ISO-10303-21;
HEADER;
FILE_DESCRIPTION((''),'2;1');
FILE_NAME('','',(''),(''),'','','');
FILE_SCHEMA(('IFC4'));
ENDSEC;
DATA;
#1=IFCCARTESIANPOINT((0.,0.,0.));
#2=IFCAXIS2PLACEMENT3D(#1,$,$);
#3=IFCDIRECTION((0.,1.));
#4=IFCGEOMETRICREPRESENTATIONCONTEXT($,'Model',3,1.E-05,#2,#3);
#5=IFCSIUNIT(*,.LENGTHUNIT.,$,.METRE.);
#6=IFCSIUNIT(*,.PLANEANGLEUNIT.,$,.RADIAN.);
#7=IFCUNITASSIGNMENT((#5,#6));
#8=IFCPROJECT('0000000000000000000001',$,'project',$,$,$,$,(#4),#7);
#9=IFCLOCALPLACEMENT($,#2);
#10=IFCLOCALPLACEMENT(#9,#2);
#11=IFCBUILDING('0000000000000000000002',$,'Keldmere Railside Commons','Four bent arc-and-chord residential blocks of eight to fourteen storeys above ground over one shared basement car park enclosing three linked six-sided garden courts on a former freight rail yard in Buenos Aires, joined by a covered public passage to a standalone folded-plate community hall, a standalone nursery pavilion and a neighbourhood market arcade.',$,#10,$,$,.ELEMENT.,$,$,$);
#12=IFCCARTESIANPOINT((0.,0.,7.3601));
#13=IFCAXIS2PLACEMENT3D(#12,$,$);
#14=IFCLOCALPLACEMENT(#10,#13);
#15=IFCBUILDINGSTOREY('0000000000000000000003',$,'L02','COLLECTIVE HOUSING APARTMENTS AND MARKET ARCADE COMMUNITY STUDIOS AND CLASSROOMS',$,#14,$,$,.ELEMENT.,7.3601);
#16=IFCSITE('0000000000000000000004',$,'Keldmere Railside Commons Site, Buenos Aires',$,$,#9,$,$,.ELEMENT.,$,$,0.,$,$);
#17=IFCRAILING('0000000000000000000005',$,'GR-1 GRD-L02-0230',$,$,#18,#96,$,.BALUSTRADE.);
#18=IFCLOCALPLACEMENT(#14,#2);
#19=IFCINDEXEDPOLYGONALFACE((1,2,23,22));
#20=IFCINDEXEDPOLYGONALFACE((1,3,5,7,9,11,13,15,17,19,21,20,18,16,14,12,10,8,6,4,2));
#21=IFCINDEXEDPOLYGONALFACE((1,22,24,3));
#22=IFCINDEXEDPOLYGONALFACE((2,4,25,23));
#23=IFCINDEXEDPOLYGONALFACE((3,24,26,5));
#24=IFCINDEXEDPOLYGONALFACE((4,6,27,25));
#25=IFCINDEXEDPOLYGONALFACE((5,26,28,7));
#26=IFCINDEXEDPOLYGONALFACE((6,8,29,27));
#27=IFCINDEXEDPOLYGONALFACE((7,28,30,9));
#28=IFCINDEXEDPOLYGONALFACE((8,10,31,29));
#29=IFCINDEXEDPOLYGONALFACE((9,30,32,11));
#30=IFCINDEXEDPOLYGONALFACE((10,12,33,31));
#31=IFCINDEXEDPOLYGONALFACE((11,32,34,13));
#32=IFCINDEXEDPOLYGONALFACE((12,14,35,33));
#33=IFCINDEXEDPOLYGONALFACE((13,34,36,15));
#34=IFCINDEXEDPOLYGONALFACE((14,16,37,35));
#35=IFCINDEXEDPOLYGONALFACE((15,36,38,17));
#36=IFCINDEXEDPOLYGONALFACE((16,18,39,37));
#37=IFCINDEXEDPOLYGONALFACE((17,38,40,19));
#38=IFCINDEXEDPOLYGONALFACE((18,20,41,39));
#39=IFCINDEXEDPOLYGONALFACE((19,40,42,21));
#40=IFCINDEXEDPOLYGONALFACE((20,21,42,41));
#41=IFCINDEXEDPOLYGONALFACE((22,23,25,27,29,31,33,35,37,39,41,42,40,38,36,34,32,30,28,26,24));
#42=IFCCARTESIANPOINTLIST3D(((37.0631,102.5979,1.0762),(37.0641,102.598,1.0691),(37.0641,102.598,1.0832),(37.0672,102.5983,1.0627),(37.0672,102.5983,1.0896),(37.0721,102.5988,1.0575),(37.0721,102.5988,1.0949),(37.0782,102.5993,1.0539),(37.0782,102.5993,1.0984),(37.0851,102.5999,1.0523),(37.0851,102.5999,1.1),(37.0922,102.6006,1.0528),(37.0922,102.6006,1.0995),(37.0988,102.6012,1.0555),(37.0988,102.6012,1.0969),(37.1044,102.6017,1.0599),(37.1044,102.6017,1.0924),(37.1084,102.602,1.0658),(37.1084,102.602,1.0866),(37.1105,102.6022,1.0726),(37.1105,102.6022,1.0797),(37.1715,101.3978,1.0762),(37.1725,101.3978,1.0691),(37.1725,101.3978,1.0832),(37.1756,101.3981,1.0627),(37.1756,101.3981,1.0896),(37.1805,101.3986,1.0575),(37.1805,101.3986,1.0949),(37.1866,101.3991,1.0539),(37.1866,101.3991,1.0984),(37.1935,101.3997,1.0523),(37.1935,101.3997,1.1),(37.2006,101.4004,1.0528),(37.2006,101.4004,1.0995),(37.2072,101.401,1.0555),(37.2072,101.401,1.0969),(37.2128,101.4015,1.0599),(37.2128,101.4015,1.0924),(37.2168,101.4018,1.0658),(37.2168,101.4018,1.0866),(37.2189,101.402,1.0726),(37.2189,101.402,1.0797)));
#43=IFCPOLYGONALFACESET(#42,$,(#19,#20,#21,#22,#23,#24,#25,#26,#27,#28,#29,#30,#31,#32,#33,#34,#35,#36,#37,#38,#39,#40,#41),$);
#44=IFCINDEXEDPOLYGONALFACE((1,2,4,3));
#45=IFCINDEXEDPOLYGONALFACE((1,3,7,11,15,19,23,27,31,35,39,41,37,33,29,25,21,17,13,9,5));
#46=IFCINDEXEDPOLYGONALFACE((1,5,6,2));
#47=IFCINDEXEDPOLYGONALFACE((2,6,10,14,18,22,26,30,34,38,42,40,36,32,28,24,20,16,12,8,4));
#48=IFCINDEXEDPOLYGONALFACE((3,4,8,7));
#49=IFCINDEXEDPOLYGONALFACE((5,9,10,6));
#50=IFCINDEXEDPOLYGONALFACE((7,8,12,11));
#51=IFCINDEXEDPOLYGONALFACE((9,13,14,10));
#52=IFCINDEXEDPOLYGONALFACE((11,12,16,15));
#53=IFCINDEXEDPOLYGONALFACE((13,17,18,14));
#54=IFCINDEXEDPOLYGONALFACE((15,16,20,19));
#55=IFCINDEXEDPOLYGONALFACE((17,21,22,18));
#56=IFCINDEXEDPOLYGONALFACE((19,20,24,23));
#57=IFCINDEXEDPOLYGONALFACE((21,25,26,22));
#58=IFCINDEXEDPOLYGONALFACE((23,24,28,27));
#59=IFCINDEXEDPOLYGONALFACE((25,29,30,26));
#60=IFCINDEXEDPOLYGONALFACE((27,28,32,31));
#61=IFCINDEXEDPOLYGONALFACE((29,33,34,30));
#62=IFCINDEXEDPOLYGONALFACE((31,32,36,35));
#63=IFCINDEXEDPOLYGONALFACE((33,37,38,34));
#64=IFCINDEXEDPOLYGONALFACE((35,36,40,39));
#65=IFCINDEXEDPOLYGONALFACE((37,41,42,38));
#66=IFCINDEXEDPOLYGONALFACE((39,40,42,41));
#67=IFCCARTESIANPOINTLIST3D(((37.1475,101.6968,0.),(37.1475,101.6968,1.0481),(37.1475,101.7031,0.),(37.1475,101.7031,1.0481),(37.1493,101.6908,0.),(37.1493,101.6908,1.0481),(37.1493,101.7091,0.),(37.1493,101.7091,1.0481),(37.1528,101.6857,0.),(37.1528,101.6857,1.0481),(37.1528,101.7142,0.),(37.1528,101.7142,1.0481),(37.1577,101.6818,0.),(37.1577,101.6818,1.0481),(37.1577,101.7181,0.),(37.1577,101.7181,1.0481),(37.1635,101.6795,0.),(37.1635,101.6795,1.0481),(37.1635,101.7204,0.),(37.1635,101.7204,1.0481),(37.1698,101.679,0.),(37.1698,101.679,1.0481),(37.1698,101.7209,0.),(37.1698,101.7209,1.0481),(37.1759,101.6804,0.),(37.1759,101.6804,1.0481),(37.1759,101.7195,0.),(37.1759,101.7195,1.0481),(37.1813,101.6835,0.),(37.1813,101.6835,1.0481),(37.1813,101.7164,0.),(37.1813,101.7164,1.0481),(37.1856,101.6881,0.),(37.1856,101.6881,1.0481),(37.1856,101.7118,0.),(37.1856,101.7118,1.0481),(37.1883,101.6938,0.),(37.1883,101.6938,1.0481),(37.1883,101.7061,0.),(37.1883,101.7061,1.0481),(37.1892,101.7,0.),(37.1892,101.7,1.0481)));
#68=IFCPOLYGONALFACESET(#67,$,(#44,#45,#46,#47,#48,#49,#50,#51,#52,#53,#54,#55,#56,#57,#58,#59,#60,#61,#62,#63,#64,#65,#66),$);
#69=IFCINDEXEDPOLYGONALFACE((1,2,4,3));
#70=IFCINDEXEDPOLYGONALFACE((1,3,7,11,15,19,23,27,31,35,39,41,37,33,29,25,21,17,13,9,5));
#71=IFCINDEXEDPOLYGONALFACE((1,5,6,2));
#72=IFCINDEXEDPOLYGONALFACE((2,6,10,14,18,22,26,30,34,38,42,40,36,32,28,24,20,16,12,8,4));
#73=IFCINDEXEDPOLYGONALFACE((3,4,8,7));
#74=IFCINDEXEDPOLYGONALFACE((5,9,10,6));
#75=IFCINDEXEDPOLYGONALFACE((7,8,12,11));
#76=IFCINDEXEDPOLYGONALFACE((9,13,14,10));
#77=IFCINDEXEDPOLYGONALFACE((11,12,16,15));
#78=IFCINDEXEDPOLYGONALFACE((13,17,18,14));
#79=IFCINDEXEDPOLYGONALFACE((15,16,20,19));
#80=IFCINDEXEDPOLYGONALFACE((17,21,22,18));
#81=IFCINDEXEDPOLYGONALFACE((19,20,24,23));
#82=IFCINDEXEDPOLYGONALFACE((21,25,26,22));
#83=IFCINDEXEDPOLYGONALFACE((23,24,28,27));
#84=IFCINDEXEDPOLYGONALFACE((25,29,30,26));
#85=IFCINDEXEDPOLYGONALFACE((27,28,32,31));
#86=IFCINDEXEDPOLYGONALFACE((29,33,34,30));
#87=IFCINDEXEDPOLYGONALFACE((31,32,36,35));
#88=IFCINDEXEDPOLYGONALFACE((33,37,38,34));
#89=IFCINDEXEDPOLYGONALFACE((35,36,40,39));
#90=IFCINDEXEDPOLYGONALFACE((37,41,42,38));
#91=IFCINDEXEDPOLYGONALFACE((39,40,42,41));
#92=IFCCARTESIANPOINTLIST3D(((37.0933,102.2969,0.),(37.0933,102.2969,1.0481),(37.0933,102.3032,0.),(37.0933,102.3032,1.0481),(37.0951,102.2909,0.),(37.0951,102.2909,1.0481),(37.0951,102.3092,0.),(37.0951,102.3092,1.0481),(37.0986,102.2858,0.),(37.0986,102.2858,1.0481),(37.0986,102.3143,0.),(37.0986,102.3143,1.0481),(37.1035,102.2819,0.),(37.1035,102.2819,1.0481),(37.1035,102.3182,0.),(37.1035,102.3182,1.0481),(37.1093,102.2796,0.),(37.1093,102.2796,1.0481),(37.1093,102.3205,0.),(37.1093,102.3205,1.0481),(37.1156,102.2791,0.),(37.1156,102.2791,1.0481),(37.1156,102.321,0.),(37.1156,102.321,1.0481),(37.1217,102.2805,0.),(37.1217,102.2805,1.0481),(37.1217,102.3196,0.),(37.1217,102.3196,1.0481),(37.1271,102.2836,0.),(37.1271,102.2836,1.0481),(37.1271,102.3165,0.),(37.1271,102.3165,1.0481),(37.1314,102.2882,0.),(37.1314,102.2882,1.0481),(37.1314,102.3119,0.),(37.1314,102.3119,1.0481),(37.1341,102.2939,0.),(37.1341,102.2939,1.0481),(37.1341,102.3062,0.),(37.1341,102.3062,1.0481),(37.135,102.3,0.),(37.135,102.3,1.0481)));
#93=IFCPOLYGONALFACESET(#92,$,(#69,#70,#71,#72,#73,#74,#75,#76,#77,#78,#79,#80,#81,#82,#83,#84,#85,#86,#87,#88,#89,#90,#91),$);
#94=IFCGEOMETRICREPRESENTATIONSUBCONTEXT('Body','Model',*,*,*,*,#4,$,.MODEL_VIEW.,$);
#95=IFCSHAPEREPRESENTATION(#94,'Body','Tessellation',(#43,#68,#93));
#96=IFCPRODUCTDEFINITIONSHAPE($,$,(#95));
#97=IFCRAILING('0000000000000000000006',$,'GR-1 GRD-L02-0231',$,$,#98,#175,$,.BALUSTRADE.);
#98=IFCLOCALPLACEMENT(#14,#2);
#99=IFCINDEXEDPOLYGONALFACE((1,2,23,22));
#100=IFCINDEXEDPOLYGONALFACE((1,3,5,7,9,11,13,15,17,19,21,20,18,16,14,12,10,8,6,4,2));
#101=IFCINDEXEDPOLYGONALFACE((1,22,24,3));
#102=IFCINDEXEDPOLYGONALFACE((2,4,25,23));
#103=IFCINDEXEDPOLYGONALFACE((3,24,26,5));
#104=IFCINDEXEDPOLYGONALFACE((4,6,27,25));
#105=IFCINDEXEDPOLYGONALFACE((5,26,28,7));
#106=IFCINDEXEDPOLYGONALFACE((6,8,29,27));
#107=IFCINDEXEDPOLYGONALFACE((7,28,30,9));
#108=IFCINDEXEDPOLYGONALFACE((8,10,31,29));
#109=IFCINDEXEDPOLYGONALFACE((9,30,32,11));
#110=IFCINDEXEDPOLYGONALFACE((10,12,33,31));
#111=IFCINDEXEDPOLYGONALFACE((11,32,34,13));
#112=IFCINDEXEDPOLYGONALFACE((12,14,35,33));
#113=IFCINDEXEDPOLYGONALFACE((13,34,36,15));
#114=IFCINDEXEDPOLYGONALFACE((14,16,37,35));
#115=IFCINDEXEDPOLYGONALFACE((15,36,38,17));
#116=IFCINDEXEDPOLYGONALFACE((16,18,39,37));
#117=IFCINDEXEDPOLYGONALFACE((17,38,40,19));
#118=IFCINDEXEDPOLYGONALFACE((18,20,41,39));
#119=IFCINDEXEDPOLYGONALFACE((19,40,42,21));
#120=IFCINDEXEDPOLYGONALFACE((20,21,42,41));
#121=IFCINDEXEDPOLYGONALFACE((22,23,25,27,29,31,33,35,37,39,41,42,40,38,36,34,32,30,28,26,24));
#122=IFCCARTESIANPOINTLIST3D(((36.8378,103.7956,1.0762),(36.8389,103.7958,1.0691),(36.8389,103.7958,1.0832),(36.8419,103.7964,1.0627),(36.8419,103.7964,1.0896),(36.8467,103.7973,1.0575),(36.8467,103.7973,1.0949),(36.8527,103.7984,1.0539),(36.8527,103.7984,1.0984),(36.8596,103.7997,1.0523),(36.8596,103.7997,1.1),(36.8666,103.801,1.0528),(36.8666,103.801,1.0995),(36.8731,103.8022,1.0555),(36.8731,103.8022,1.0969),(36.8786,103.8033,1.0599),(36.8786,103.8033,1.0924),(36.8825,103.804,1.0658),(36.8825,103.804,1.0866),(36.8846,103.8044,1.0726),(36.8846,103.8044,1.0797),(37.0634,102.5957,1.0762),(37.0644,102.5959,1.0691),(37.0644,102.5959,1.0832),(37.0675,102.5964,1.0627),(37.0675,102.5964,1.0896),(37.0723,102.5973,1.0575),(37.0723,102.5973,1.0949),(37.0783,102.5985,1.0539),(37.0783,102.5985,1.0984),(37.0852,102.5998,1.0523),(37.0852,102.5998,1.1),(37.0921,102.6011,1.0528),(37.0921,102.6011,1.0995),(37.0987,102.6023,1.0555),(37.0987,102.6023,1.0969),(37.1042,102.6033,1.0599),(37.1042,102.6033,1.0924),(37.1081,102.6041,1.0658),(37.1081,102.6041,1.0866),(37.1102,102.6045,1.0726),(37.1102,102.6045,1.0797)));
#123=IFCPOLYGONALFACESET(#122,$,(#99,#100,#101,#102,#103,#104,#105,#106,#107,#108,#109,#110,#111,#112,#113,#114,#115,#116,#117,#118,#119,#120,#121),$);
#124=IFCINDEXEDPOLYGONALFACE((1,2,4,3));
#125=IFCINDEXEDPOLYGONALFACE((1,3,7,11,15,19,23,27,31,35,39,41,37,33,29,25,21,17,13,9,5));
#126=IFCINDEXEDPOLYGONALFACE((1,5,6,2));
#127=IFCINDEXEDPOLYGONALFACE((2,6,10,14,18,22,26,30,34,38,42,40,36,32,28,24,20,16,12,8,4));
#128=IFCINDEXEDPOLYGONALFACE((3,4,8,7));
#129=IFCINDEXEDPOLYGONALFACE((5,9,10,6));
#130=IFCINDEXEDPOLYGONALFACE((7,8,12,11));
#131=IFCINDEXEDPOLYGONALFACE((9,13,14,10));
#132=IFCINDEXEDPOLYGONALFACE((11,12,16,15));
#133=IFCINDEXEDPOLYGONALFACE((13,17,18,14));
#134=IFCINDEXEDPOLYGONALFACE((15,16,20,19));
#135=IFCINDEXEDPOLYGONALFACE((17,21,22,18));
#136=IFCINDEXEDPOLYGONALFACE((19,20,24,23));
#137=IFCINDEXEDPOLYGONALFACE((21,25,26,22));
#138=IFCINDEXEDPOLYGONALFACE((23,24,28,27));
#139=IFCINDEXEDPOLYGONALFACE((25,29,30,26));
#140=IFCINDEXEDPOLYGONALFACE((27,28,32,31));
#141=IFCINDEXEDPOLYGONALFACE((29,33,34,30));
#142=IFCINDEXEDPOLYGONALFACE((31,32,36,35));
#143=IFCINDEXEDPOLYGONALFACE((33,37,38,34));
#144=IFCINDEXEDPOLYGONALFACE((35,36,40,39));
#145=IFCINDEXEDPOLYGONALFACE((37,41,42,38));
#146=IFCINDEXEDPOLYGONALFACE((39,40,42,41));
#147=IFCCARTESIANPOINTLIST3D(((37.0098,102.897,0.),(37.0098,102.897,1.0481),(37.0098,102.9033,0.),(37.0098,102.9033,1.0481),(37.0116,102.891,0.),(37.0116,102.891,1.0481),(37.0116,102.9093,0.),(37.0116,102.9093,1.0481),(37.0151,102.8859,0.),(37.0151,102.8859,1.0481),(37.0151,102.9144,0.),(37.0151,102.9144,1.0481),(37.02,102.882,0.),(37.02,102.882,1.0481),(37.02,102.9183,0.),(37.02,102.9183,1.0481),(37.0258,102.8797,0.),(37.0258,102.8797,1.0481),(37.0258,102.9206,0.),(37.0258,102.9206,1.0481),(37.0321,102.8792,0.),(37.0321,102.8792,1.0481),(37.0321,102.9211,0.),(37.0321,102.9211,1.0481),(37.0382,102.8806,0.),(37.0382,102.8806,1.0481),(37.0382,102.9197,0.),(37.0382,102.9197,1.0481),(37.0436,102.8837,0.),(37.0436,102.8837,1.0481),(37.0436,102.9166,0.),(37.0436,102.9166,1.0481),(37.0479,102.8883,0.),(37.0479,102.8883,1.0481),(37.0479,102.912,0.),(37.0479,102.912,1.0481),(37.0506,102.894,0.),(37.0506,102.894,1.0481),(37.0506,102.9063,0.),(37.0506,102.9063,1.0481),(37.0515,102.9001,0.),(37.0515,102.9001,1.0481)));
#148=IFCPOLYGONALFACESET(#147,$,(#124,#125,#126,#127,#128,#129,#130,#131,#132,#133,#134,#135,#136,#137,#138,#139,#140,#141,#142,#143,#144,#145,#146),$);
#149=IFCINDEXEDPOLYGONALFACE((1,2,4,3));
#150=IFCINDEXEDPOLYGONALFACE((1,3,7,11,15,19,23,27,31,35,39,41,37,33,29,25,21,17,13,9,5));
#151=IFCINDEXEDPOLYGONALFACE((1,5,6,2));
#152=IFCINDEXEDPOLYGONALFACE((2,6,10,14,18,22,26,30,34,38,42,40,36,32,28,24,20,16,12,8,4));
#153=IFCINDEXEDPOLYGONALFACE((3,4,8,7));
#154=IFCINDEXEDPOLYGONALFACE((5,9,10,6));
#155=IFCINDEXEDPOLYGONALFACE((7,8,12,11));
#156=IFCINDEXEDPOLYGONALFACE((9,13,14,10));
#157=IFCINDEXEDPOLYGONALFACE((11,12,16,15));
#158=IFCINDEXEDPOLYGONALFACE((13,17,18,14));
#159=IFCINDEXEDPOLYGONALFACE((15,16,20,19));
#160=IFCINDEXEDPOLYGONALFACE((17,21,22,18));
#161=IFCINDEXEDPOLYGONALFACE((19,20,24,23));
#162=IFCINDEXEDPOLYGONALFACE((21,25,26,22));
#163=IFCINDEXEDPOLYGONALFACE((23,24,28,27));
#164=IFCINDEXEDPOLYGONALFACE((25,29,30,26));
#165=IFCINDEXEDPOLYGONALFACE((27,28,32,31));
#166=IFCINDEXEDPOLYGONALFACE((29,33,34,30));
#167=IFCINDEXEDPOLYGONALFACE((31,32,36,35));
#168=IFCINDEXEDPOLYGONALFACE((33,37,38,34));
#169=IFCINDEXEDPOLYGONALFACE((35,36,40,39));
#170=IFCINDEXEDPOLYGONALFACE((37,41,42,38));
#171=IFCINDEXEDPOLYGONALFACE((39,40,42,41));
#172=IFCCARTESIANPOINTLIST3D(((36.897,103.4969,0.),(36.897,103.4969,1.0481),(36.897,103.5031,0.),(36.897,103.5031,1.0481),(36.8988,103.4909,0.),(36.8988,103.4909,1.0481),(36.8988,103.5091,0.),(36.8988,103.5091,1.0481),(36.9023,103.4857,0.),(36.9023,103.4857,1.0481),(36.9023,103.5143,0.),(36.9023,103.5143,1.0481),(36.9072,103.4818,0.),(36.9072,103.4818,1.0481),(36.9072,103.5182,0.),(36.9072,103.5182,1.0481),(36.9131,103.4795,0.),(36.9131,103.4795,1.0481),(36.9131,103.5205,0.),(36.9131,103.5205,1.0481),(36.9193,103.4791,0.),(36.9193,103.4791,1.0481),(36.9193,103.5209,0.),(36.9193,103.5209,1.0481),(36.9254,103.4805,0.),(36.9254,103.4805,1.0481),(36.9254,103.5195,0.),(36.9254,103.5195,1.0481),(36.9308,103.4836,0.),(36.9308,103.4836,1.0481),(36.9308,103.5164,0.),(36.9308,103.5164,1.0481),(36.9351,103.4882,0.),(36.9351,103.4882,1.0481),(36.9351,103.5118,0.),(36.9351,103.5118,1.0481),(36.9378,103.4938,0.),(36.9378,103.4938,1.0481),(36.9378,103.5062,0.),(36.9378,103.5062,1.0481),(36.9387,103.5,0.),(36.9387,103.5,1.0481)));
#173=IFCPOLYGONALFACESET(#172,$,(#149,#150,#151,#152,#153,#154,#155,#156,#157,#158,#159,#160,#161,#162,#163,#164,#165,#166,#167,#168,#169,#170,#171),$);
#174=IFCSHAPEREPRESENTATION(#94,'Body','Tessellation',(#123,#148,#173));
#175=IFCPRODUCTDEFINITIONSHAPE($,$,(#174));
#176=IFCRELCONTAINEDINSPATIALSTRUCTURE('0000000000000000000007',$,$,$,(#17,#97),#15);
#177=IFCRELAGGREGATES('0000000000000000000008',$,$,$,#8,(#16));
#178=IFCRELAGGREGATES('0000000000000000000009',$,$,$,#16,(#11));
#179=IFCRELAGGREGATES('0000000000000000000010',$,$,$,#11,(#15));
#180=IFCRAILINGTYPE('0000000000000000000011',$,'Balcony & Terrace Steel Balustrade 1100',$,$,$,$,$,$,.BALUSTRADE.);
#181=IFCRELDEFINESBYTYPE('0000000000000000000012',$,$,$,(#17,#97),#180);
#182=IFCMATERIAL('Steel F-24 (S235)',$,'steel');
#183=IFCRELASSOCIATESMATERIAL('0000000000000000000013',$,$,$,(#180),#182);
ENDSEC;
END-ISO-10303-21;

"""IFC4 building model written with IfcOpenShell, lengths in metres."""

from ifc_helpers import new_model, si_unit, direction, frame, origin, origin_2d, place, context, subcontext, project, spatial, circle, extrude, material, type_object, element, save


model = new_model("IFC4")

# Units and contexts
model_context = context("Model", 3, precision=1e-05, world=origin(), true_north=direction((0.0, 1.0)))
body_context = subcontext(model_context, "Body", "Model", "MODEL_VIEW")
ifc_project = project(units=[si_unit("LENGTHUNIT", "METRE"), si_unit("PLANEANGLEUNIT", "RADIAN")], contexts=[model_context])

# Site, building, storey
site_placement = place(None, origin())
site = spatial("IfcSite", under=ifc_project, at=site_placement, Name="Keldmere Railside Commons Site, Buenos Aires", CompositionType="ELEMENT", RefElevation=0.0)
building_placement = place(site_placement, origin())
building = spatial("IfcBuilding", under=site, at=building_placement, Name="Keldmere Railside Commons", Description="Four bent arc-and-chord residential blocks of eight to fourteen storeys above ground over one shared basement car park enclosing three linked six-sided garden courts on a former freight rail yard in Buenos Aires, joined by a covered public passage to a standalone folded-plate community hall, a standalone nursery pavilion and a neighbourhood market arcade.", CompositionType="ELEMENT")
storey_placement = place(building_placement, frame((0.0, 0.0, 7.3601)))
storey = spatial("IfcBuildingStorey", under=building, at=storey_placement, Name="L02", Description="COLLECTIVE HOUSING APARTMENTS AND MARKET ARCADE COMMUNITY STUDIOS AND CLASSROOMS", CompositionType="ELEMENT", Elevation=7.3601)

# Railings
ifc_material_1 = material(Name="Steel F-24 (S235)", Category="steel")
railing_type = type_object("IfcRailingType", Name="Balcony & Terrace Steel Balustrade 1100", PredefinedType="BALUSTRADE", material=ifc_material_1)
railing_1_placement = place(storey_placement, frame((37.1953, 101.3999, 0.0)))
element("IfcRailing", 1, at=railing_1_placement, inside=storey, type_object=railing_type, Name="GR-1 GRD-L02-0230", PredefinedType="BALUSTRADE", context=body_context, shape_type="SweptSolid", body=[
    extrude(circle(Radius=0.0239, at=origin_2d()), frame((0.0, 0.0, 1.0762), z_axis=(-0.089951, 0.995946, 0.0), x_axis=(-0.995946, -0.089951, 0.0)), (0.0, 0.0, 1.0), 1.2051),
    extrude(circle(Radius=0.021, at=origin_2d()), frame((-0.0271, 0.3, 0.0)), (0.0, 0.0, 1.0), 1.0481),
    extrude(circle(Radius=0.021, at=origin_2d()), frame((-0.0813, 0.9001, 0.0)), (0.0, 0.0, 1.0), 1.0481),
])
railing_2_placement = place(storey_placement, frame((37.0869, 102.6001, 0.0)))
element("IfcRailing", 2, at=railing_2_placement, inside=storey, type_object=railing_type, Name="GR-1 GRD-L02-0231", PredefinedType="BALUSTRADE", context=body_context, shape_type="SweptSolid", body=[
    extrude(circle(Radius=0.0239, at=origin_2d()), frame((0.0, 0.0, 1.0762), z_axis=(-0.184759, 0.982784, 0.0), x_axis=(-0.982784, -0.184759, 0.0)), (0.0, 0.0, 1.0), 1.2209),
    extrude(circle(Radius=0.021, at=origin_2d()), frame((-0.0564, 0.3, 0.0)), (0.0, 0.0, 1.0), 1.0481),
    extrude(circle(Radius=0.021, at=origin_2d()), frame((-0.1692, 0.8999, 0.0)), (0.0, 0.0, 1.0), 1.0481),
])

save(model, "model.ifc")
